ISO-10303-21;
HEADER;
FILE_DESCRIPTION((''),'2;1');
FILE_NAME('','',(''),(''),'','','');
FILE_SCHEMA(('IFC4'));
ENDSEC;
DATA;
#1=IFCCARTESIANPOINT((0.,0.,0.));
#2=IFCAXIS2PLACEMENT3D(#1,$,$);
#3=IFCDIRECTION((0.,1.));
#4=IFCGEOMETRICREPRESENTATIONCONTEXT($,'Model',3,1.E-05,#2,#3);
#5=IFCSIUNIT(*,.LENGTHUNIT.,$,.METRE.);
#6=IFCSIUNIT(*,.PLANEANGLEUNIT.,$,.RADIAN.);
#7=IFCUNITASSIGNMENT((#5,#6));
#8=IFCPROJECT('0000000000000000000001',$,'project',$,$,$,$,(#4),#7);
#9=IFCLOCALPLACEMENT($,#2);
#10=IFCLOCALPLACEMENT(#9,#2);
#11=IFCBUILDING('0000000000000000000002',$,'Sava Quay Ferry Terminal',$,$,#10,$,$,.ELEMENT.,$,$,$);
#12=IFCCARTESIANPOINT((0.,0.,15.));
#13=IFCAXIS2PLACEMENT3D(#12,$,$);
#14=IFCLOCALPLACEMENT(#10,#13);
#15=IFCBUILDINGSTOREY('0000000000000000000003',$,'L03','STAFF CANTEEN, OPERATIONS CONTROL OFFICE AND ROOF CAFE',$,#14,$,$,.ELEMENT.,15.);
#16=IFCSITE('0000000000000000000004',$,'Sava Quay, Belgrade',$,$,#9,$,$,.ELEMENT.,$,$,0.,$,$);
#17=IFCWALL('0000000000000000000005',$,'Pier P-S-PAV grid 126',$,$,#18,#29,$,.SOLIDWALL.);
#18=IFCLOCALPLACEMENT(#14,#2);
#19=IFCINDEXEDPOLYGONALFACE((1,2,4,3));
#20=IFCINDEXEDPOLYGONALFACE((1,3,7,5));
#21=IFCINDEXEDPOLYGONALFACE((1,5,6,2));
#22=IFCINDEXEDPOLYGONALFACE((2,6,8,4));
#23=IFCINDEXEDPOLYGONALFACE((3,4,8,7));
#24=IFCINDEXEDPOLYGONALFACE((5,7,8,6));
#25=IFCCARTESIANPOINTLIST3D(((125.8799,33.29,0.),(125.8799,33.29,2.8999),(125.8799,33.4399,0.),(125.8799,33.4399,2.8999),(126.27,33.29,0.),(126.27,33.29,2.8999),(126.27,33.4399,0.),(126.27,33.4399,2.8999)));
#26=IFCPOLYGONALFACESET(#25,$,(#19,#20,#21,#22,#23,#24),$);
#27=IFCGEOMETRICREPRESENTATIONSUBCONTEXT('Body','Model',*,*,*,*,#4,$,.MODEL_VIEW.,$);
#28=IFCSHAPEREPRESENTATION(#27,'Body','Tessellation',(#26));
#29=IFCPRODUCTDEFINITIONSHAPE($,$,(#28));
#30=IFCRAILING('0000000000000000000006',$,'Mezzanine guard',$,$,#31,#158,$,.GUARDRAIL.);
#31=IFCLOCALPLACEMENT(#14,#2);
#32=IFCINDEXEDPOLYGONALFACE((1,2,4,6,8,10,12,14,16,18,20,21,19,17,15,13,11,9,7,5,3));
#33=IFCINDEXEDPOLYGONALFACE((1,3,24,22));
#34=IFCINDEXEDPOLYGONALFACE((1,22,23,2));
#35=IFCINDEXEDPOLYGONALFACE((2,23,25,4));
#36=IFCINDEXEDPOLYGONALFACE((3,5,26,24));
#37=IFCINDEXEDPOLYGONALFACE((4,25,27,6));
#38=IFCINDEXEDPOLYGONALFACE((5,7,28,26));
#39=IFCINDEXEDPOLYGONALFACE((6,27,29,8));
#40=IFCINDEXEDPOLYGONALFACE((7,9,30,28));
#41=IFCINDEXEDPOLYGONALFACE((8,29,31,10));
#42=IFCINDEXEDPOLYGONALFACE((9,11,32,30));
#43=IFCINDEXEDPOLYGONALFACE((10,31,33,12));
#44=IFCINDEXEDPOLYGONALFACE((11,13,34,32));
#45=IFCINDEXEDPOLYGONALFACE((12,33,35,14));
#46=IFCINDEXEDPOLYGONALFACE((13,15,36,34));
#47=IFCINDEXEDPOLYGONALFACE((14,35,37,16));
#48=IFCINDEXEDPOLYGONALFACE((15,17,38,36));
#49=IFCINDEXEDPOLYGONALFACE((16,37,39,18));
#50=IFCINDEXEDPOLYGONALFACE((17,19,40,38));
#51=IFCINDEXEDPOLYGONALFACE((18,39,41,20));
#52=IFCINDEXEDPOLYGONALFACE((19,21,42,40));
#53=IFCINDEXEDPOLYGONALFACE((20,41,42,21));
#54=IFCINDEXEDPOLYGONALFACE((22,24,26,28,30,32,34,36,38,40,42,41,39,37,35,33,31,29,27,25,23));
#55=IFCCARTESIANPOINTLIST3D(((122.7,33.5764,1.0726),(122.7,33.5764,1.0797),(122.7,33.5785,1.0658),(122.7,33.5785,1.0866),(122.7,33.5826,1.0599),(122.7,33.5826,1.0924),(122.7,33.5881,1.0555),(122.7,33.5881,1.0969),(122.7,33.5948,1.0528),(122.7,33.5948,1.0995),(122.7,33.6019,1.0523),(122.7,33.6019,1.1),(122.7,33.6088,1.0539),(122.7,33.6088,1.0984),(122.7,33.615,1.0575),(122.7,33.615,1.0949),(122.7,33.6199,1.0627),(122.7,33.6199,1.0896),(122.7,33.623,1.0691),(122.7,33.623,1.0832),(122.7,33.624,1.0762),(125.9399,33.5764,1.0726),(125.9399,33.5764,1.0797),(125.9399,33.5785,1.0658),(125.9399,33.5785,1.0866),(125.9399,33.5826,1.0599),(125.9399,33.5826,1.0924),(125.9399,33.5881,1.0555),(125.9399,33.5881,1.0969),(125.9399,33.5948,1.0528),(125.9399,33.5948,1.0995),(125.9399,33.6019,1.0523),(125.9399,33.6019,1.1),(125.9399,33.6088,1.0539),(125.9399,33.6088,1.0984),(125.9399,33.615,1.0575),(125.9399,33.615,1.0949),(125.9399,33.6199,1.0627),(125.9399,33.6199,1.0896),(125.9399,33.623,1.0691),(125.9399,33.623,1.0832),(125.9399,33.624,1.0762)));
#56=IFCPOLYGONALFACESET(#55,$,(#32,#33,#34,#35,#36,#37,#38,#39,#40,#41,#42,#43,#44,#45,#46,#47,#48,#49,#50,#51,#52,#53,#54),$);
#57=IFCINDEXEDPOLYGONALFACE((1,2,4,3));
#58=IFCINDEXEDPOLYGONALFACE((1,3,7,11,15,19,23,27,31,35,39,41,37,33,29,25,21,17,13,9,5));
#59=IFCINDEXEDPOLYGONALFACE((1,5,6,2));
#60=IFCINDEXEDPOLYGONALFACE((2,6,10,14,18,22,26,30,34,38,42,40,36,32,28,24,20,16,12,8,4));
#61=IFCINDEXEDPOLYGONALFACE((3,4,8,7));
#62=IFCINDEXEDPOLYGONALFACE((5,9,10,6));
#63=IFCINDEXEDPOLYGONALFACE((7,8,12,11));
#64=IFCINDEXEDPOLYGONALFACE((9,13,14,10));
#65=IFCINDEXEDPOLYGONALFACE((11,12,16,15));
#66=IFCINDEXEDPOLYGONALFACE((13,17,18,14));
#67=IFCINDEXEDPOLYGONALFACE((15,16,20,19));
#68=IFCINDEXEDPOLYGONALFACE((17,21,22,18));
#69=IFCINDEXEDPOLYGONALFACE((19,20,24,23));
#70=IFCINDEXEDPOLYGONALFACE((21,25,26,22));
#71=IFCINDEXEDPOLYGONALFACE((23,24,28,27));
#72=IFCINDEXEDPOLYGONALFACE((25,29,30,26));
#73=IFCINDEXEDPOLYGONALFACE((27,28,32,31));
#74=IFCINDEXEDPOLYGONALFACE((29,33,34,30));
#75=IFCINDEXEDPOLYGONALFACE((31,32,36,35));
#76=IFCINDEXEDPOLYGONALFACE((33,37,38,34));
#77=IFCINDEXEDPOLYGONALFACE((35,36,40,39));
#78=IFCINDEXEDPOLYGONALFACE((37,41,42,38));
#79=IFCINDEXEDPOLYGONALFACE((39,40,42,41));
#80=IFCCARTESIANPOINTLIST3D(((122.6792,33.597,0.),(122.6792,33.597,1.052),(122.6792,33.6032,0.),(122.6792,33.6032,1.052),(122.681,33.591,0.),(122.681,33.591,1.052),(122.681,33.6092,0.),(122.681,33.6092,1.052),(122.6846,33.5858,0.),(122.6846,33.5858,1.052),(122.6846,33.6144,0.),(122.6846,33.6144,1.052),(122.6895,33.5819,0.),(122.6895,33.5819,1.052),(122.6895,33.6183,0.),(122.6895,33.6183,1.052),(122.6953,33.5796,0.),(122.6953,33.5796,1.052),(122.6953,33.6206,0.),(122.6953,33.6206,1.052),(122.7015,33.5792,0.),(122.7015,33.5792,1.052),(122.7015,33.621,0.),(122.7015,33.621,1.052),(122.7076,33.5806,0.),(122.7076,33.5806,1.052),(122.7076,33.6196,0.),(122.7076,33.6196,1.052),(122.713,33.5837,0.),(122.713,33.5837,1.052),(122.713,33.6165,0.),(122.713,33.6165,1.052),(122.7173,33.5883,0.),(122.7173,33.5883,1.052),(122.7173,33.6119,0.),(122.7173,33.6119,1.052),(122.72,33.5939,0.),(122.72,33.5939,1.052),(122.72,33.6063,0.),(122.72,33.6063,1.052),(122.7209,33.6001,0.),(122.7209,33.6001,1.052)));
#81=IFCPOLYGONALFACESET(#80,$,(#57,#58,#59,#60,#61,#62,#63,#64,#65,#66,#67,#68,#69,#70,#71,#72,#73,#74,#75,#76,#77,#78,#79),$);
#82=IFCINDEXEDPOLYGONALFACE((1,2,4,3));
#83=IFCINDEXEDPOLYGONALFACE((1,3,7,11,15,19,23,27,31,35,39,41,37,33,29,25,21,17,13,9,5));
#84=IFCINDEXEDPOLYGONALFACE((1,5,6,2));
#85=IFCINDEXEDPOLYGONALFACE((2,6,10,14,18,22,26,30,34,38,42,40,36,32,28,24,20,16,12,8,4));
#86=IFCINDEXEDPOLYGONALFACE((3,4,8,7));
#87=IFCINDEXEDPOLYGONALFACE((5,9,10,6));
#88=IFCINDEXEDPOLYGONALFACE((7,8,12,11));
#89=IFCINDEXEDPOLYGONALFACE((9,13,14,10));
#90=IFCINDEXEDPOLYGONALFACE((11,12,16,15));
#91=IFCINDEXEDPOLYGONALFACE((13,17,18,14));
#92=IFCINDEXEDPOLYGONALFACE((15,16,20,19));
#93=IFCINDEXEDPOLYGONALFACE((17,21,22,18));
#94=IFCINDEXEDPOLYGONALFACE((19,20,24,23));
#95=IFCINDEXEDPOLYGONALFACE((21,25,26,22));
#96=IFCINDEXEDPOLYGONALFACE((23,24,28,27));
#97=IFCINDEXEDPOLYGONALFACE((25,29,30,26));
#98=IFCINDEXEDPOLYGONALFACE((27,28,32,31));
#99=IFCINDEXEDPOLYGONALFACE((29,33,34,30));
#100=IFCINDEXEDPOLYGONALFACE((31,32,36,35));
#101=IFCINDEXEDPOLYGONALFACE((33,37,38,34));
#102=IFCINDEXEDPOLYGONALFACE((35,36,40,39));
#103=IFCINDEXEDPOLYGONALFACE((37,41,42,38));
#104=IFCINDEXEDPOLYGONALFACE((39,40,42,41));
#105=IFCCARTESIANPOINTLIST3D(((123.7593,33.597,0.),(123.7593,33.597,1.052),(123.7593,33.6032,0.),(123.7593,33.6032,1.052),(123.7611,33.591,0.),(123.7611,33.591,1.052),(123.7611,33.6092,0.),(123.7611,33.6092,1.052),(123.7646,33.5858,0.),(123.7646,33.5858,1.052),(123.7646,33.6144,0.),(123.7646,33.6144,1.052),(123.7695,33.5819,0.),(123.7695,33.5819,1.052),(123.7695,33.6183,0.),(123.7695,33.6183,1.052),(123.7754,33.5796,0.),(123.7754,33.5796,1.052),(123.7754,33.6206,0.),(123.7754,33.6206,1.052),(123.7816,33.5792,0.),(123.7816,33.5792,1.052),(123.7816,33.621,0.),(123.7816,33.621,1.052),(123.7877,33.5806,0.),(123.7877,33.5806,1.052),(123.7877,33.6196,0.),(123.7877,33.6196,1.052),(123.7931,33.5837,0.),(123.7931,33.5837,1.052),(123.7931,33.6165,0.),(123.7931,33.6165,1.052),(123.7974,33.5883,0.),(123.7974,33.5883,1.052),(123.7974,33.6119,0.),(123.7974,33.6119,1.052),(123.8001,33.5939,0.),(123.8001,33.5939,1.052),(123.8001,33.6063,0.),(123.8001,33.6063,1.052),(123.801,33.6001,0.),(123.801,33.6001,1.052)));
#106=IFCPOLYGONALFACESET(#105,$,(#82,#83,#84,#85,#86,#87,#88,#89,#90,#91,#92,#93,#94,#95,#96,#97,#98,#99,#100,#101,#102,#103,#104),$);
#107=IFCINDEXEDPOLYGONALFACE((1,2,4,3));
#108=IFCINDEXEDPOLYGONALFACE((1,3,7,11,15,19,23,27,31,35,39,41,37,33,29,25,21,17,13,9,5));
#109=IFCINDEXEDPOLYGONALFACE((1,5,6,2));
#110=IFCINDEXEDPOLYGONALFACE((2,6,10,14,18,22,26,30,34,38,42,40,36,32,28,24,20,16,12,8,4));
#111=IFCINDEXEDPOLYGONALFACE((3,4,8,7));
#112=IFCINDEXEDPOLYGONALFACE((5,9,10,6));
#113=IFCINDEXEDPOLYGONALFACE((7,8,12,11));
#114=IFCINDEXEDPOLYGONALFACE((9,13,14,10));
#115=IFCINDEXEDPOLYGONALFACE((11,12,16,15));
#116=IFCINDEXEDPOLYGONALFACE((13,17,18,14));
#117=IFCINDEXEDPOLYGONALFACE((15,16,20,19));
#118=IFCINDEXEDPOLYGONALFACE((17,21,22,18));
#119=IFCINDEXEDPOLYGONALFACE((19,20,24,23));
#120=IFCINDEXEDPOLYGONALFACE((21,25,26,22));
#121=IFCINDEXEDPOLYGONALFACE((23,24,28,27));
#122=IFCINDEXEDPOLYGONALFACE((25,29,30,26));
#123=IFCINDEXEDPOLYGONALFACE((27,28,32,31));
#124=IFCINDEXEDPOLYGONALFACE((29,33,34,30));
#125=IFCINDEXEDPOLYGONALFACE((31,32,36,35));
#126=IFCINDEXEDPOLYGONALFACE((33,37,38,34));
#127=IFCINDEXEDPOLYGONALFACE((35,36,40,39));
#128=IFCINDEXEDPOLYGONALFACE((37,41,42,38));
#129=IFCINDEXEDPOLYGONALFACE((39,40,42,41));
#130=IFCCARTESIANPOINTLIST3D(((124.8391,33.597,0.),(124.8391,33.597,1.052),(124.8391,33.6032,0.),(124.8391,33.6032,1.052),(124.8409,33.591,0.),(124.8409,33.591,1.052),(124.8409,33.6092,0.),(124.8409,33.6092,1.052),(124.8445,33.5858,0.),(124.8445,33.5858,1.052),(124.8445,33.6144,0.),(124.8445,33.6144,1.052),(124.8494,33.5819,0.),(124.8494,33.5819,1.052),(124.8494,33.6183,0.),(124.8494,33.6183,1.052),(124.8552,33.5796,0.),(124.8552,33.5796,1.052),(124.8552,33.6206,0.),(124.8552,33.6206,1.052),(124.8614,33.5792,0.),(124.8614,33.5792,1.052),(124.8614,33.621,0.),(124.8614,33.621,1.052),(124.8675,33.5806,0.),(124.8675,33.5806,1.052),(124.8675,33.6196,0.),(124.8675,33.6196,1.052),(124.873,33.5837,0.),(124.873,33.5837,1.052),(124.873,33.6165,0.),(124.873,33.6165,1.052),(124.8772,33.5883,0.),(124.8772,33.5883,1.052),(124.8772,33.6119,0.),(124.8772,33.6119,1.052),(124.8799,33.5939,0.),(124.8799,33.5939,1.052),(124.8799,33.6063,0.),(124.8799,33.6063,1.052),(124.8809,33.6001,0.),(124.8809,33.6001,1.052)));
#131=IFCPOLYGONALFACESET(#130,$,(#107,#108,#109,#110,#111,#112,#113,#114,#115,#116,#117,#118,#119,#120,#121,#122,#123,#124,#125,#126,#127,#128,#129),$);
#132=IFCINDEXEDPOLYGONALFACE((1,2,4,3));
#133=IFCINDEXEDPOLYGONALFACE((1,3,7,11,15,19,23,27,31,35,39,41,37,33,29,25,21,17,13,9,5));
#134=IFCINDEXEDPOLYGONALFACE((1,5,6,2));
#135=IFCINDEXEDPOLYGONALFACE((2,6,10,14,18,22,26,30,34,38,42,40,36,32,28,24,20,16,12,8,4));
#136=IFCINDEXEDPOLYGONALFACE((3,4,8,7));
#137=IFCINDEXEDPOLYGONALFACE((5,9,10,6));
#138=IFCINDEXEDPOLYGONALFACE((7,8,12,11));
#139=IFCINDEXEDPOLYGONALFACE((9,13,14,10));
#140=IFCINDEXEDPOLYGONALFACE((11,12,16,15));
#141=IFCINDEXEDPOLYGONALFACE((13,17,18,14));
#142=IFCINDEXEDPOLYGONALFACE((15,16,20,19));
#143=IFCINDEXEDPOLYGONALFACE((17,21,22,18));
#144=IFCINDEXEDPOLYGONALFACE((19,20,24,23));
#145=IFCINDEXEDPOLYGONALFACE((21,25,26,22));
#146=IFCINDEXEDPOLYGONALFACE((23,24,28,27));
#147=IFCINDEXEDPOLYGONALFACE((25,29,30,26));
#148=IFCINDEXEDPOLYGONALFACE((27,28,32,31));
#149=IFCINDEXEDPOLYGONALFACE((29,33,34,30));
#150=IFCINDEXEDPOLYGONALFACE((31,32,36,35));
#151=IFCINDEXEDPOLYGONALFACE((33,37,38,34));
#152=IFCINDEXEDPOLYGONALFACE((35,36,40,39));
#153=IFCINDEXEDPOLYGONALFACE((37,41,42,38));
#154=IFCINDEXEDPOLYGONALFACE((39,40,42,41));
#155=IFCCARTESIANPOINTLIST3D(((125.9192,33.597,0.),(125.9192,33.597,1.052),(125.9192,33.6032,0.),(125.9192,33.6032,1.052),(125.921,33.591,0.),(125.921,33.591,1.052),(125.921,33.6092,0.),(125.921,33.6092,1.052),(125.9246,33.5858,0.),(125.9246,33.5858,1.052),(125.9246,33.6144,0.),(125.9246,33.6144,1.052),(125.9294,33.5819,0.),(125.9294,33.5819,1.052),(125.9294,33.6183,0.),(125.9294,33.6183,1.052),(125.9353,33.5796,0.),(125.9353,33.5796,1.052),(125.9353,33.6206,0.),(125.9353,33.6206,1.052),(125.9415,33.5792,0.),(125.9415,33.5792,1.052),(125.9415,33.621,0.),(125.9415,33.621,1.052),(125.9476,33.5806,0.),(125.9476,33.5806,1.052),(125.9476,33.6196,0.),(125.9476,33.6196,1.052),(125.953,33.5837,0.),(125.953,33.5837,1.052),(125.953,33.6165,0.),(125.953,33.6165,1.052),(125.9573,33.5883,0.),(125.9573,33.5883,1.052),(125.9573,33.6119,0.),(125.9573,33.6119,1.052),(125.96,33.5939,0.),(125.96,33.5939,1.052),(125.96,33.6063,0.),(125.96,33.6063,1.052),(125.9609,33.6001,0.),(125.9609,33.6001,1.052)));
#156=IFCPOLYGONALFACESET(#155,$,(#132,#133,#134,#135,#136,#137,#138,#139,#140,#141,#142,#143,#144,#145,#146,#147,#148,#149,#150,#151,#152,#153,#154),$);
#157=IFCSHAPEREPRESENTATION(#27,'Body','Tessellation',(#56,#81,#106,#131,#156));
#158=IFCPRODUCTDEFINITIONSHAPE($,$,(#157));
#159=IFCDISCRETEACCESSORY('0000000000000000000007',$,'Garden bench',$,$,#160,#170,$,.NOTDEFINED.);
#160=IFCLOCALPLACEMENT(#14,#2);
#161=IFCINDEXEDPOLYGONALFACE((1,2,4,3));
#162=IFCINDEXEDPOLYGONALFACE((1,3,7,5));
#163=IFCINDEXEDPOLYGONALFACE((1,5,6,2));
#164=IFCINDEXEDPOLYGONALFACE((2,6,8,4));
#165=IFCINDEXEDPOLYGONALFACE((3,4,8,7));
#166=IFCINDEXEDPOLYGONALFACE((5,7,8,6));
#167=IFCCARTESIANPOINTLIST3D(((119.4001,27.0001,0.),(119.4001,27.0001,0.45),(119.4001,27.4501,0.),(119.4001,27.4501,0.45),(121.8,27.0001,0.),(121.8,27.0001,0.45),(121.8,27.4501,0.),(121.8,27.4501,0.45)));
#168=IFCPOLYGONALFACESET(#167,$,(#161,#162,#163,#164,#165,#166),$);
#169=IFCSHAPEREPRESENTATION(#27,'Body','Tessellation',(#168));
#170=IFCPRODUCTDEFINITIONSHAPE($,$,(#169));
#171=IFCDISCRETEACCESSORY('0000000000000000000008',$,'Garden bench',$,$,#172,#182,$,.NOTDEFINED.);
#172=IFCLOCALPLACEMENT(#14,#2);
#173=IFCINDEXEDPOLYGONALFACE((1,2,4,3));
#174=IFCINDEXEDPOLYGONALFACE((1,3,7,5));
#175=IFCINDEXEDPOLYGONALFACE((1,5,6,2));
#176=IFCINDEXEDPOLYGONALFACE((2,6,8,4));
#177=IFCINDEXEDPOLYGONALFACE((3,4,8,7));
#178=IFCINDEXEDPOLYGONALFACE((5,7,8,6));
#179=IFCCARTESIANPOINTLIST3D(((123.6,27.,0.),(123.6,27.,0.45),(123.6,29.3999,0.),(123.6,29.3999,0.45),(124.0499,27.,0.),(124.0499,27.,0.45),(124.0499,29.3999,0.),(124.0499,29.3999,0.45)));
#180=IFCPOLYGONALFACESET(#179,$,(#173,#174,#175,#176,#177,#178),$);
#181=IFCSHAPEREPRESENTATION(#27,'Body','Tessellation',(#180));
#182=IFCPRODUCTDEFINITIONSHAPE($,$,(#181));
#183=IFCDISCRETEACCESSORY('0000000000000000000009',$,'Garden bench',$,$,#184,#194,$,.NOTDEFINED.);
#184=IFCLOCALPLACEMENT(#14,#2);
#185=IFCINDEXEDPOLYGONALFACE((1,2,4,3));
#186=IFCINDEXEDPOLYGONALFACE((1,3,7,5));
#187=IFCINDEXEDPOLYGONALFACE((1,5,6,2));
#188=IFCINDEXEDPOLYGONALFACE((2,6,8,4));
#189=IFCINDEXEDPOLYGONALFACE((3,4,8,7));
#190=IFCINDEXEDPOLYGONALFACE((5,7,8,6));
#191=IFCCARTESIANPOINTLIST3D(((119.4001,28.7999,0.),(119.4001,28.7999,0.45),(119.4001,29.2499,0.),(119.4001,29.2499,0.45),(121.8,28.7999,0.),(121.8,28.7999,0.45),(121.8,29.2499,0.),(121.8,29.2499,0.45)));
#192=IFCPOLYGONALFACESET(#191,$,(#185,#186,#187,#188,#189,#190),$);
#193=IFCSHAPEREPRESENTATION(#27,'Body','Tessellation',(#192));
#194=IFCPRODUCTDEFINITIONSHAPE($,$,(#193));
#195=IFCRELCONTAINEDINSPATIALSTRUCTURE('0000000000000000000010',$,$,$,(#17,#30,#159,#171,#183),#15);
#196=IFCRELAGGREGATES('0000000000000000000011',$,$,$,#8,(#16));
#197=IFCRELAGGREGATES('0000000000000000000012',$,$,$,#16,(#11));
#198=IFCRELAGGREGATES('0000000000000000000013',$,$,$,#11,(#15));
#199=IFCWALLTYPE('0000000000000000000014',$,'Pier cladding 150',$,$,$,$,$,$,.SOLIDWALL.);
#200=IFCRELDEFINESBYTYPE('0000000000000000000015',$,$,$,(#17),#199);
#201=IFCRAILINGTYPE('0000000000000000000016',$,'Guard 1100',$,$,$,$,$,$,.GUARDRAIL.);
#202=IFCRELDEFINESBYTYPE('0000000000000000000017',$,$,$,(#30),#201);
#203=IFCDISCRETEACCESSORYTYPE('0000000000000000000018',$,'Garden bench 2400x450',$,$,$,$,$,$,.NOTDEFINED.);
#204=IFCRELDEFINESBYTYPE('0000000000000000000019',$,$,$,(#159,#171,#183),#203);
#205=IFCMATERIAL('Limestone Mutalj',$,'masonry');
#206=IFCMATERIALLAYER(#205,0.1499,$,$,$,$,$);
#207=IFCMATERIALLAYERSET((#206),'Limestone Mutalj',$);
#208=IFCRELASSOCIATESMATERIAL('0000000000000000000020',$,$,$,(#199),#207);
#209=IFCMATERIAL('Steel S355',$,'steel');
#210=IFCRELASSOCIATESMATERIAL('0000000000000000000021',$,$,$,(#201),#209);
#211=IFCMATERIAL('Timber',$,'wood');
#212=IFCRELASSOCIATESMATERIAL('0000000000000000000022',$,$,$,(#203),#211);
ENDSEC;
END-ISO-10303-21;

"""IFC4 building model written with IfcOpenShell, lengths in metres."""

from ifc_helpers import new_model, si_unit, direction, frame, frame_2d, origin, origin_2d, place, context, subcontext, project, spatial, rectangle, circle, extrude, material, layer, layer_set, type_object, element, save


model = new_model("IFC4")

# Units and contexts
model_context = context("Model", 3, precision=1e-05, world=origin(), true_north=direction((0.0, 1.0)))
body_context = subcontext(model_context, "Body", "Model", "MODEL_VIEW")
ifc_project = project(units=[si_unit("LENGTHUNIT", "METRE"), si_unit("PLANEANGLEUNIT", "RADIAN")], contexts=[model_context])

# Site, building, storey
site_placement = place(None, origin())
site = spatial("IfcSite", under=ifc_project, at=site_placement, Name="Sava Quay, Belgrade", CompositionType="ELEMENT", RefElevation=0.0)
building_placement = place(site_placement, origin())
building = spatial("IfcBuilding", under=site, at=building_placement, Name="Sava Quay Ferry Terminal", CompositionType="ELEMENT")
storey_placement = place(building_placement, frame((0.0, 0.0, 15.0)))
storey = spatial("IfcBuildingStorey", under=building, at=storey_placement, Name="L03", Description="STAFF CANTEEN, OPERATIONS CONTROL OFFICE AND ROOF CAFE", CompositionType="ELEMENT", Elevation=15.0)

# Wall
ifc_material_1 = material(Name="Limestone Mutalj", Category="masonry")
ifc_layer_1 = layer(ifc_material_1, 0.1499)
ifc_layer_set_1 = layer_set([ifc_layer_1], Name="Limestone Mutalj")
wall_type_1 = type_object("IfcWallType", Name="Pier cladding 150", PredefinedType="SOLIDWALL", material=ifc_layer_set_1)
wall_1_placement = place(storey_placement, frame((125.8799, 33.365, 0.0), z_axis=(0.0, 0.0, 1.0), x_axis=(1.0, 0.0, 0.0)))
element("IfcWall", 1, at=wall_1_placement, inside=storey, type_object=wall_type_1, Name="Pier P-S-PAV grid 126", PredefinedType="SOLIDWALL", context=body_context, shape_type="SweptSolid", body=[
    extrude(rectangle(XDim=0.3901, YDim=0.1499, at=frame_2d((0.1951, 0.0))), origin(), (0.0, 0.0, 1.0), 2.8999),
])

# Railing
ifc_material_2 = material(Name="Steel S355", Category="steel")
railing_type_1 = type_object("IfcRailingType", Name="Guard 1100", PredefinedType="GUARDRAIL", material=ifc_material_2)
railing_1_placement = place(storey_placement, frame((122.7, 33.6001, 0.0)))
element("IfcRailing", 2, at=railing_1_placement, inside=storey, type_object=railing_type_1, Name="Mezzanine guard", PredefinedType="GUARDRAIL", context=body_context, shape_type="SweptSolid", body=[
    extrude(circle(Radius=0.0239, at=origin_2d()), frame((0.0, 0.0, 1.0762), z_axis=(1.0, 0.0, 0.0), x_axis=(0.0, 1.0, 0.0)), (0.0, 0.0, 1.0), 3.24),
    extrude(circle(Radius=0.021, at=origin_2d()), origin(), (0.0, 0.0, 1.0), 1.052),
    extrude(circle(Radius=0.021, at=origin_2d()), frame((1.0801, 0.0, 0.0)), (0.0, 0.0, 1.0), 1.052),
    extrude(circle(Radius=0.021, at=origin_2d()), frame((2.1599, 0.0, 0.0)), (0.0, 0.0, 1.0), 1.052),
    extrude(circle(Radius=0.021, at=origin_2d()), frame((3.24, 0.0, 0.0)), (0.0, 0.0, 1.0), 1.052),
])

# Discrete accessories
ifc_material_3 = material(Name="Timber", Category="wood")
discrete_accessory_type = type_object("IfcDiscreteAccessoryType", Name="Garden bench 2400x450", PredefinedType="NOTDEFINED", material=ifc_material_3)
discrete_accessory_1_placement = place(storey_placement, frame((120.6001, 27.2251, 0.0), z_axis=(0.0, 0.0, 1.0), x_axis=(1.0, 0.0, 0.0)))
element("IfcDiscreteAccessory", 3, at=discrete_accessory_1_placement, inside=storey, type_object=discrete_accessory_type, Name="Garden bench", PredefinedType="NOTDEFINED", context=body_context, shape_type="SweptSolid", body=[
    extrude(rectangle(XDim=2.3999, YDim=0.45, at=origin_2d()), origin(), (0.0, 0.0, 1.0), 0.45),
])
discrete_accessory_2_placement = place(storey_placement, frame((123.825, 28.2, 0.0), z_axis=(0.0, 0.0, 1.0), x_axis=(1.0, 0.0, 0.0)))
element("IfcDiscreteAccessory", 4, at=discrete_accessory_2_placement, inside=storey, type_object=discrete_accessory_type, Name="Garden bench", PredefinedType="NOTDEFINED", context=body_context, shape_type="SweptSolid", body=[
    extrude(rectangle(XDim=0.45, YDim=2.3999, at=origin_2d()), origin(), (0.0, 0.0, 1.0), 0.45),
])
discrete_accessory_3_placement = place(storey_placement, frame((120.6001, 29.0249, 0.0), z_axis=(0.0, 0.0, 1.0), x_axis=(1.0, 0.0, 0.0)))
element("IfcDiscreteAccessory", 5, at=discrete_accessory_3_placement, inside=storey, type_object=discrete_accessory_type, Name="Garden bench", PredefinedType="NOTDEFINED", context=body_context, shape_type="SweptSolid", body=[
    extrude(rectangle(XDim=2.3999, YDim=0.45, at=origin_2d()), origin(), (0.0, 0.0, 1.0), 0.45),
])

save(model, "model.ifc")
